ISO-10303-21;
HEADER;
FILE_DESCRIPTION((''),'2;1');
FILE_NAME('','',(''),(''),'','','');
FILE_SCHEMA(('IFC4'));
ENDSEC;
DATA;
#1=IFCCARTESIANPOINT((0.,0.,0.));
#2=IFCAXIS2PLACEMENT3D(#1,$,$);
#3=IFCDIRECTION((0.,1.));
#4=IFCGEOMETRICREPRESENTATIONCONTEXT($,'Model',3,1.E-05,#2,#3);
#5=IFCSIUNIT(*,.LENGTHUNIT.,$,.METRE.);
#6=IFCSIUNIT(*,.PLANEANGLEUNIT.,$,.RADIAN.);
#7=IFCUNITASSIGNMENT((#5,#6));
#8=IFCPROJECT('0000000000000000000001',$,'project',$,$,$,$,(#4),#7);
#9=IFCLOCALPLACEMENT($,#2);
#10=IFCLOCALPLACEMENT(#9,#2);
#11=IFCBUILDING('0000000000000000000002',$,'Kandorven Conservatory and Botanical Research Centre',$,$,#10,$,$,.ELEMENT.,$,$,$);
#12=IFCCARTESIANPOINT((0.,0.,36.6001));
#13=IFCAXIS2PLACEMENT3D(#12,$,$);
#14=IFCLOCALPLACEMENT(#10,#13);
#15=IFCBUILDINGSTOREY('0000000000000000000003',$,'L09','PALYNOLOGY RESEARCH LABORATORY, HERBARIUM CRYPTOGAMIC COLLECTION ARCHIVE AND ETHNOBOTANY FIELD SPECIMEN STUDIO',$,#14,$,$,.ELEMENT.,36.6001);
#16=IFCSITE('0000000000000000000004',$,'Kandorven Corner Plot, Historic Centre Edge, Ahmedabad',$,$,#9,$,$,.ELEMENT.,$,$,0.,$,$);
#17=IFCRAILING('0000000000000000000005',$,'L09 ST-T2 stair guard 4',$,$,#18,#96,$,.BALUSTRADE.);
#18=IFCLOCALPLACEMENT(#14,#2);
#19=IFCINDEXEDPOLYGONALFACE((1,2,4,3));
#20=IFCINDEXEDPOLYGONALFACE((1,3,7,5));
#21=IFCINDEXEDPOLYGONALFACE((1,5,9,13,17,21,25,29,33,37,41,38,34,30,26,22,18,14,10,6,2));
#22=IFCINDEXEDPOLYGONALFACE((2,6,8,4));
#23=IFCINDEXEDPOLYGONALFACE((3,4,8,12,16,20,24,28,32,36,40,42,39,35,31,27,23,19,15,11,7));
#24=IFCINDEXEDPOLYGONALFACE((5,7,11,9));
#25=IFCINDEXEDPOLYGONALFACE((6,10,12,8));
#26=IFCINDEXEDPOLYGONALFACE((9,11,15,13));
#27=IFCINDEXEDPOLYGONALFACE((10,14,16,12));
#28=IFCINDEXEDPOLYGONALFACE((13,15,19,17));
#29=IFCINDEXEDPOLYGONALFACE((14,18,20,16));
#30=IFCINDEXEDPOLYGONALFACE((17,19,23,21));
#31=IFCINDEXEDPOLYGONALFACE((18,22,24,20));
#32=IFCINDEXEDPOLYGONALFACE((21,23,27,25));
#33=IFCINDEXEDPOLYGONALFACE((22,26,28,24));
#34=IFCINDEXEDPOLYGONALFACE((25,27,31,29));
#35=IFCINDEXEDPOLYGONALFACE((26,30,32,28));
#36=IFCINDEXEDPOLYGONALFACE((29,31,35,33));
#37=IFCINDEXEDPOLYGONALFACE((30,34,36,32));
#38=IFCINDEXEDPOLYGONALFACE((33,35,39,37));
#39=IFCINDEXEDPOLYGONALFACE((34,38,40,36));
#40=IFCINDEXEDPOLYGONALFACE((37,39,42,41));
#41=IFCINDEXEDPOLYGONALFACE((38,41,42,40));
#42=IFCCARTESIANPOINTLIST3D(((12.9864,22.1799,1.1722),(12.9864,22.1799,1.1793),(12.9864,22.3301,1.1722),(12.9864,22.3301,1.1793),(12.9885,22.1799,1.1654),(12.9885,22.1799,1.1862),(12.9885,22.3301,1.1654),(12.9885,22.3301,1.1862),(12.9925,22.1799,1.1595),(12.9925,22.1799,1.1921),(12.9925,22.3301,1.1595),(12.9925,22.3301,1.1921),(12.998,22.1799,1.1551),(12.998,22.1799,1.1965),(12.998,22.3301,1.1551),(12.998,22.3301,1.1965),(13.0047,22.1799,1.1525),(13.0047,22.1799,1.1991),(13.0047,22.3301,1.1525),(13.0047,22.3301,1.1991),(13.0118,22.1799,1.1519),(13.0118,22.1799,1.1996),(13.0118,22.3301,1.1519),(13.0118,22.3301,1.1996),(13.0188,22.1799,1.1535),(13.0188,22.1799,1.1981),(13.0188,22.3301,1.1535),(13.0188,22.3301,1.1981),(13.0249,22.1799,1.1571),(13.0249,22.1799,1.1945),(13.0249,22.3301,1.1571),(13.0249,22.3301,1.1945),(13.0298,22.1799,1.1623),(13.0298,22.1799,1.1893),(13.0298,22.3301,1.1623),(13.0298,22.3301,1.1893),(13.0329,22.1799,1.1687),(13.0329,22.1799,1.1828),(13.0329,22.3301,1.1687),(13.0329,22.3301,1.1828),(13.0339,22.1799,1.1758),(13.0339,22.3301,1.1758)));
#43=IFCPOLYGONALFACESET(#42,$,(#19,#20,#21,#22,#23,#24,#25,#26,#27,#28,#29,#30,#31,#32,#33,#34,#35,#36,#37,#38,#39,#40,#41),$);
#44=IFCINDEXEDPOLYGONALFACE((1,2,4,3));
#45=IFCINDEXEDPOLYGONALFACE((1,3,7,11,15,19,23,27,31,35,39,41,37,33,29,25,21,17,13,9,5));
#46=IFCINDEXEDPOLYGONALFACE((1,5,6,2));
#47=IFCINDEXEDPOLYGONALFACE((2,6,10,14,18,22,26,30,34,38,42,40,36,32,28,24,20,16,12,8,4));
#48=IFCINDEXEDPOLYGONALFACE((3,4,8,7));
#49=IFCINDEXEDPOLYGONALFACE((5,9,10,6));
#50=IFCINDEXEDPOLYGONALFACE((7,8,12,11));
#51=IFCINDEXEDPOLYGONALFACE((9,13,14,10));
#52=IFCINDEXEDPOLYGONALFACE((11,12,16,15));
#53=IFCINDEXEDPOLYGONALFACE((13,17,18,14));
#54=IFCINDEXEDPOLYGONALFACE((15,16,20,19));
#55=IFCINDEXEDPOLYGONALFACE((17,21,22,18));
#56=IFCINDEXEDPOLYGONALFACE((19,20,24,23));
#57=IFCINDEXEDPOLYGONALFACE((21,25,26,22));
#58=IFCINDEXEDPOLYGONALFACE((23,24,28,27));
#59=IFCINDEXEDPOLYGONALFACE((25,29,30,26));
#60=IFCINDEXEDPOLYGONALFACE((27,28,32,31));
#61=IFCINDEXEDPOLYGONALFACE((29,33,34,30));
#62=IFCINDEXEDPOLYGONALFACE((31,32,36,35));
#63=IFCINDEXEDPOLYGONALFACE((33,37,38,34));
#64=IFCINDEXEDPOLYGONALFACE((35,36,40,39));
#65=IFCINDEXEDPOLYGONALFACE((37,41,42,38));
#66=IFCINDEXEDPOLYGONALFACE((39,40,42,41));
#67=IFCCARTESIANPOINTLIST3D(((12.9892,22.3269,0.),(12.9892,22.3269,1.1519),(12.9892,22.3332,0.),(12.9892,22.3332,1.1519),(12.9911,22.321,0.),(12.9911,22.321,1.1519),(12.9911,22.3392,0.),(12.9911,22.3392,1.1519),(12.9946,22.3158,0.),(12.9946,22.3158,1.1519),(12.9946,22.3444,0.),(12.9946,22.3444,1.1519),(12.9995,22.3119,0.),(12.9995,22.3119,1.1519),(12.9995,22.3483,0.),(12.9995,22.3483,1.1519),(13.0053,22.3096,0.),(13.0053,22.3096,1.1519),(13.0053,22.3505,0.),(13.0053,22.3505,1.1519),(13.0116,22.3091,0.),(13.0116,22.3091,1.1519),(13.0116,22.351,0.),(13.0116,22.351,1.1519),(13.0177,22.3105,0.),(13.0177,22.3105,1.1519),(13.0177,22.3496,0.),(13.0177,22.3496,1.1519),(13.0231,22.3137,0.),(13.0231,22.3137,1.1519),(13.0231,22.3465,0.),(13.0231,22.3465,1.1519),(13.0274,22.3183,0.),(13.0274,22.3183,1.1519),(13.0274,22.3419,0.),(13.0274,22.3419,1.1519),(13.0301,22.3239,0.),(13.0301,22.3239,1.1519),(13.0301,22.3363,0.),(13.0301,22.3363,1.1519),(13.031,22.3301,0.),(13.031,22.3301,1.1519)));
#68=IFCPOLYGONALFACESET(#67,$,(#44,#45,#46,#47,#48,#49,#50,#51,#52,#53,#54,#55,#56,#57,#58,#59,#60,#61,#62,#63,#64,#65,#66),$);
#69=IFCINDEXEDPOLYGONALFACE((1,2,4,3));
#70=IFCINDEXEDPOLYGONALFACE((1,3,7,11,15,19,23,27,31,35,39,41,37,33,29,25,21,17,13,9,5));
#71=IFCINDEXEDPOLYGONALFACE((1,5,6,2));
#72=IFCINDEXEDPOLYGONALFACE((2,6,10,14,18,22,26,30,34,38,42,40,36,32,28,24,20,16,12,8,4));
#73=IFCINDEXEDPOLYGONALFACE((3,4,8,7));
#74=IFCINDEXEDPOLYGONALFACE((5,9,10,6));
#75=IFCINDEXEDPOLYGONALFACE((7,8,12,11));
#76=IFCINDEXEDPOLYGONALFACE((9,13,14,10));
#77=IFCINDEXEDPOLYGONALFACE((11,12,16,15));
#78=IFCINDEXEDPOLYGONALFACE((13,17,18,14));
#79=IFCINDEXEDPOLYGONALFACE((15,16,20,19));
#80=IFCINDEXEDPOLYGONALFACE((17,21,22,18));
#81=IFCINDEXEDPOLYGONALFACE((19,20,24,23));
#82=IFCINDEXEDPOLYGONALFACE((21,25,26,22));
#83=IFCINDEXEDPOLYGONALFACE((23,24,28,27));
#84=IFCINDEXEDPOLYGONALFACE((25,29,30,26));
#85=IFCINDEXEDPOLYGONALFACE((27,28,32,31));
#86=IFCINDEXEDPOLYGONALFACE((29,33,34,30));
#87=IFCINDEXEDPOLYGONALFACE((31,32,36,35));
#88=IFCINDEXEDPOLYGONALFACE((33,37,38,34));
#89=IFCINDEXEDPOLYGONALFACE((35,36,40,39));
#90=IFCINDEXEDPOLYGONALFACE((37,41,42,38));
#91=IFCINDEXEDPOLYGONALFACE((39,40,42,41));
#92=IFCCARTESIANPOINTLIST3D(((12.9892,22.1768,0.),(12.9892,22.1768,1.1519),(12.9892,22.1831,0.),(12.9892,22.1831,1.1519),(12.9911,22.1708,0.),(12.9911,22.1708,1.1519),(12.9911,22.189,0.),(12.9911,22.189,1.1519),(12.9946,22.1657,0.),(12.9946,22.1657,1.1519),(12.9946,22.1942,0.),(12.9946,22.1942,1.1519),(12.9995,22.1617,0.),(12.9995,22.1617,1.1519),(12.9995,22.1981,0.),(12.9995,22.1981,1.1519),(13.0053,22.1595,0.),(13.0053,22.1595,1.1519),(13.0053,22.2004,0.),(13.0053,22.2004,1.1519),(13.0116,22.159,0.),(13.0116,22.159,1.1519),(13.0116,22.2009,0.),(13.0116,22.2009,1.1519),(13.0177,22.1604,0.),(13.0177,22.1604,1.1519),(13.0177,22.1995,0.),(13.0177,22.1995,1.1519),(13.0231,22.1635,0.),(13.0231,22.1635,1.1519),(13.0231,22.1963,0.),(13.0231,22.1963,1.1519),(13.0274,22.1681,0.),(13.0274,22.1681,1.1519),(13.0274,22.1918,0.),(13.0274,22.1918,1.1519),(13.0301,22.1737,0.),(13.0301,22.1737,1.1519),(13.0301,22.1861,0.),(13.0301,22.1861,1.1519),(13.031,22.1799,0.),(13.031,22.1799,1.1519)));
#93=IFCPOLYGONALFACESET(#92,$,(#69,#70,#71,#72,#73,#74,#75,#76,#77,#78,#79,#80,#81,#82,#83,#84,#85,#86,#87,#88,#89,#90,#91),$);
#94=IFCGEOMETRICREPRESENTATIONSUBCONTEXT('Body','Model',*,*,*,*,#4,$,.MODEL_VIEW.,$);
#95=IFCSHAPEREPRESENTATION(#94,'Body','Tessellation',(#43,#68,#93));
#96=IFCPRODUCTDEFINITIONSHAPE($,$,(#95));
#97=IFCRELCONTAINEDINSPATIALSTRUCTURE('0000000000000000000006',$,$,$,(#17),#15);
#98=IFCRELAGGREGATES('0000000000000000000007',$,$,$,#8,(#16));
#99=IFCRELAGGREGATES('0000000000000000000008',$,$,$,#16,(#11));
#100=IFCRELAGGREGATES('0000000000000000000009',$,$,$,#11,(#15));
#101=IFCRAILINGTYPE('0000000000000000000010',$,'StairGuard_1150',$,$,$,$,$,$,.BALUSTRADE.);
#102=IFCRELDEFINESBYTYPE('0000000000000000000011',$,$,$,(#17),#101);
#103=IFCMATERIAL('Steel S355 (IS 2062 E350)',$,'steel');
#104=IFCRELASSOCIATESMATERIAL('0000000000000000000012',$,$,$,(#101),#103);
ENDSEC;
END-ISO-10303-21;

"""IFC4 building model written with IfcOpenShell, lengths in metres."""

from ifc_helpers import new_model, si_unit, direction, frame, origin, origin_2d, place, context, subcontext, project, spatial, circle, extrude, material, type_object, element, save


model = new_model("IFC4")

# Units and contexts
model_context = context("Model", 3, precision=1e-05, world=origin(), true_north=direction((0.0, 1.0)))
body_context = subcontext(model_context, "Body", "Model", "MODEL_VIEW")
ifc_project = project(units=[si_unit("LENGTHUNIT", "METRE"), si_unit("PLANEANGLEUNIT", "RADIAN")], contexts=[model_context])

# Site, building, storey
site_placement = place(None, origin())
site = spatial("IfcSite", under=ifc_project, at=site_placement, Name="Kandorven Corner Plot, Historic Centre Edge, Ahmedabad", CompositionType="ELEMENT", RefElevation=0.0)
building_placement = place(site_placement, origin())
building = spatial("IfcBuilding", under=site, at=building_placement, Name="Kandorven Conservatory and Botanical Research Centre", CompositionType="ELEMENT")
storey_placement = place(building_placement, frame((0.0, 0.0, 36.6001)))
storey = spatial("IfcBuildingStorey", under=building, at=storey_placement, Name="L09", Description="PALYNOLOGY RESEARCH LABORATORY, HERBARIUM CRYPTOGAMIC COLLECTION ARCHIVE AND ETHNOBOTANY FIELD SPECIMEN STUDIO", CompositionType="ELEMENT", Elevation=36.6001)

# Railing
ifc_material_1 = material(Name="Steel S355 (IS 2062 E350)", Category="steel")
railing_type_1 = type_object("IfcRailingType", Name="StairGuard_1150", PredefinedType="BALUSTRADE", material=ifc_material_1)
railing_1_placement = place(storey_placement, frame((13.01, 22.3301, 0.0)))
element("IfcRailing", 1, at=railing_1_placement, inside=storey, type_object=railing_type_1, Name="L09 ST-T2 stair guard 4", PredefinedType="BALUSTRADE", context=body_context, shape_type="SweptSolid", body=[
    extrude(circle(Radius=0.0239, at=origin_2d()), frame((0.0, 0.0, 1.1758), z_axis=(0.0, -1.0, 0.0), x_axis=(1.0, 0.0, 0.0)), (0.0, 0.0, 1.0), 0.1501),
    extrude(circle(Radius=0.021, at=origin_2d()), origin(), (0.0, 0.0, 1.0), 1.1519),
    extrude(circle(Radius=0.021, at=origin_2d()), frame((0.0, -0.1501, 0.0)), (0.0, 0.0, 1.0), 1.1519),
])

save(model, "model.ifc")
